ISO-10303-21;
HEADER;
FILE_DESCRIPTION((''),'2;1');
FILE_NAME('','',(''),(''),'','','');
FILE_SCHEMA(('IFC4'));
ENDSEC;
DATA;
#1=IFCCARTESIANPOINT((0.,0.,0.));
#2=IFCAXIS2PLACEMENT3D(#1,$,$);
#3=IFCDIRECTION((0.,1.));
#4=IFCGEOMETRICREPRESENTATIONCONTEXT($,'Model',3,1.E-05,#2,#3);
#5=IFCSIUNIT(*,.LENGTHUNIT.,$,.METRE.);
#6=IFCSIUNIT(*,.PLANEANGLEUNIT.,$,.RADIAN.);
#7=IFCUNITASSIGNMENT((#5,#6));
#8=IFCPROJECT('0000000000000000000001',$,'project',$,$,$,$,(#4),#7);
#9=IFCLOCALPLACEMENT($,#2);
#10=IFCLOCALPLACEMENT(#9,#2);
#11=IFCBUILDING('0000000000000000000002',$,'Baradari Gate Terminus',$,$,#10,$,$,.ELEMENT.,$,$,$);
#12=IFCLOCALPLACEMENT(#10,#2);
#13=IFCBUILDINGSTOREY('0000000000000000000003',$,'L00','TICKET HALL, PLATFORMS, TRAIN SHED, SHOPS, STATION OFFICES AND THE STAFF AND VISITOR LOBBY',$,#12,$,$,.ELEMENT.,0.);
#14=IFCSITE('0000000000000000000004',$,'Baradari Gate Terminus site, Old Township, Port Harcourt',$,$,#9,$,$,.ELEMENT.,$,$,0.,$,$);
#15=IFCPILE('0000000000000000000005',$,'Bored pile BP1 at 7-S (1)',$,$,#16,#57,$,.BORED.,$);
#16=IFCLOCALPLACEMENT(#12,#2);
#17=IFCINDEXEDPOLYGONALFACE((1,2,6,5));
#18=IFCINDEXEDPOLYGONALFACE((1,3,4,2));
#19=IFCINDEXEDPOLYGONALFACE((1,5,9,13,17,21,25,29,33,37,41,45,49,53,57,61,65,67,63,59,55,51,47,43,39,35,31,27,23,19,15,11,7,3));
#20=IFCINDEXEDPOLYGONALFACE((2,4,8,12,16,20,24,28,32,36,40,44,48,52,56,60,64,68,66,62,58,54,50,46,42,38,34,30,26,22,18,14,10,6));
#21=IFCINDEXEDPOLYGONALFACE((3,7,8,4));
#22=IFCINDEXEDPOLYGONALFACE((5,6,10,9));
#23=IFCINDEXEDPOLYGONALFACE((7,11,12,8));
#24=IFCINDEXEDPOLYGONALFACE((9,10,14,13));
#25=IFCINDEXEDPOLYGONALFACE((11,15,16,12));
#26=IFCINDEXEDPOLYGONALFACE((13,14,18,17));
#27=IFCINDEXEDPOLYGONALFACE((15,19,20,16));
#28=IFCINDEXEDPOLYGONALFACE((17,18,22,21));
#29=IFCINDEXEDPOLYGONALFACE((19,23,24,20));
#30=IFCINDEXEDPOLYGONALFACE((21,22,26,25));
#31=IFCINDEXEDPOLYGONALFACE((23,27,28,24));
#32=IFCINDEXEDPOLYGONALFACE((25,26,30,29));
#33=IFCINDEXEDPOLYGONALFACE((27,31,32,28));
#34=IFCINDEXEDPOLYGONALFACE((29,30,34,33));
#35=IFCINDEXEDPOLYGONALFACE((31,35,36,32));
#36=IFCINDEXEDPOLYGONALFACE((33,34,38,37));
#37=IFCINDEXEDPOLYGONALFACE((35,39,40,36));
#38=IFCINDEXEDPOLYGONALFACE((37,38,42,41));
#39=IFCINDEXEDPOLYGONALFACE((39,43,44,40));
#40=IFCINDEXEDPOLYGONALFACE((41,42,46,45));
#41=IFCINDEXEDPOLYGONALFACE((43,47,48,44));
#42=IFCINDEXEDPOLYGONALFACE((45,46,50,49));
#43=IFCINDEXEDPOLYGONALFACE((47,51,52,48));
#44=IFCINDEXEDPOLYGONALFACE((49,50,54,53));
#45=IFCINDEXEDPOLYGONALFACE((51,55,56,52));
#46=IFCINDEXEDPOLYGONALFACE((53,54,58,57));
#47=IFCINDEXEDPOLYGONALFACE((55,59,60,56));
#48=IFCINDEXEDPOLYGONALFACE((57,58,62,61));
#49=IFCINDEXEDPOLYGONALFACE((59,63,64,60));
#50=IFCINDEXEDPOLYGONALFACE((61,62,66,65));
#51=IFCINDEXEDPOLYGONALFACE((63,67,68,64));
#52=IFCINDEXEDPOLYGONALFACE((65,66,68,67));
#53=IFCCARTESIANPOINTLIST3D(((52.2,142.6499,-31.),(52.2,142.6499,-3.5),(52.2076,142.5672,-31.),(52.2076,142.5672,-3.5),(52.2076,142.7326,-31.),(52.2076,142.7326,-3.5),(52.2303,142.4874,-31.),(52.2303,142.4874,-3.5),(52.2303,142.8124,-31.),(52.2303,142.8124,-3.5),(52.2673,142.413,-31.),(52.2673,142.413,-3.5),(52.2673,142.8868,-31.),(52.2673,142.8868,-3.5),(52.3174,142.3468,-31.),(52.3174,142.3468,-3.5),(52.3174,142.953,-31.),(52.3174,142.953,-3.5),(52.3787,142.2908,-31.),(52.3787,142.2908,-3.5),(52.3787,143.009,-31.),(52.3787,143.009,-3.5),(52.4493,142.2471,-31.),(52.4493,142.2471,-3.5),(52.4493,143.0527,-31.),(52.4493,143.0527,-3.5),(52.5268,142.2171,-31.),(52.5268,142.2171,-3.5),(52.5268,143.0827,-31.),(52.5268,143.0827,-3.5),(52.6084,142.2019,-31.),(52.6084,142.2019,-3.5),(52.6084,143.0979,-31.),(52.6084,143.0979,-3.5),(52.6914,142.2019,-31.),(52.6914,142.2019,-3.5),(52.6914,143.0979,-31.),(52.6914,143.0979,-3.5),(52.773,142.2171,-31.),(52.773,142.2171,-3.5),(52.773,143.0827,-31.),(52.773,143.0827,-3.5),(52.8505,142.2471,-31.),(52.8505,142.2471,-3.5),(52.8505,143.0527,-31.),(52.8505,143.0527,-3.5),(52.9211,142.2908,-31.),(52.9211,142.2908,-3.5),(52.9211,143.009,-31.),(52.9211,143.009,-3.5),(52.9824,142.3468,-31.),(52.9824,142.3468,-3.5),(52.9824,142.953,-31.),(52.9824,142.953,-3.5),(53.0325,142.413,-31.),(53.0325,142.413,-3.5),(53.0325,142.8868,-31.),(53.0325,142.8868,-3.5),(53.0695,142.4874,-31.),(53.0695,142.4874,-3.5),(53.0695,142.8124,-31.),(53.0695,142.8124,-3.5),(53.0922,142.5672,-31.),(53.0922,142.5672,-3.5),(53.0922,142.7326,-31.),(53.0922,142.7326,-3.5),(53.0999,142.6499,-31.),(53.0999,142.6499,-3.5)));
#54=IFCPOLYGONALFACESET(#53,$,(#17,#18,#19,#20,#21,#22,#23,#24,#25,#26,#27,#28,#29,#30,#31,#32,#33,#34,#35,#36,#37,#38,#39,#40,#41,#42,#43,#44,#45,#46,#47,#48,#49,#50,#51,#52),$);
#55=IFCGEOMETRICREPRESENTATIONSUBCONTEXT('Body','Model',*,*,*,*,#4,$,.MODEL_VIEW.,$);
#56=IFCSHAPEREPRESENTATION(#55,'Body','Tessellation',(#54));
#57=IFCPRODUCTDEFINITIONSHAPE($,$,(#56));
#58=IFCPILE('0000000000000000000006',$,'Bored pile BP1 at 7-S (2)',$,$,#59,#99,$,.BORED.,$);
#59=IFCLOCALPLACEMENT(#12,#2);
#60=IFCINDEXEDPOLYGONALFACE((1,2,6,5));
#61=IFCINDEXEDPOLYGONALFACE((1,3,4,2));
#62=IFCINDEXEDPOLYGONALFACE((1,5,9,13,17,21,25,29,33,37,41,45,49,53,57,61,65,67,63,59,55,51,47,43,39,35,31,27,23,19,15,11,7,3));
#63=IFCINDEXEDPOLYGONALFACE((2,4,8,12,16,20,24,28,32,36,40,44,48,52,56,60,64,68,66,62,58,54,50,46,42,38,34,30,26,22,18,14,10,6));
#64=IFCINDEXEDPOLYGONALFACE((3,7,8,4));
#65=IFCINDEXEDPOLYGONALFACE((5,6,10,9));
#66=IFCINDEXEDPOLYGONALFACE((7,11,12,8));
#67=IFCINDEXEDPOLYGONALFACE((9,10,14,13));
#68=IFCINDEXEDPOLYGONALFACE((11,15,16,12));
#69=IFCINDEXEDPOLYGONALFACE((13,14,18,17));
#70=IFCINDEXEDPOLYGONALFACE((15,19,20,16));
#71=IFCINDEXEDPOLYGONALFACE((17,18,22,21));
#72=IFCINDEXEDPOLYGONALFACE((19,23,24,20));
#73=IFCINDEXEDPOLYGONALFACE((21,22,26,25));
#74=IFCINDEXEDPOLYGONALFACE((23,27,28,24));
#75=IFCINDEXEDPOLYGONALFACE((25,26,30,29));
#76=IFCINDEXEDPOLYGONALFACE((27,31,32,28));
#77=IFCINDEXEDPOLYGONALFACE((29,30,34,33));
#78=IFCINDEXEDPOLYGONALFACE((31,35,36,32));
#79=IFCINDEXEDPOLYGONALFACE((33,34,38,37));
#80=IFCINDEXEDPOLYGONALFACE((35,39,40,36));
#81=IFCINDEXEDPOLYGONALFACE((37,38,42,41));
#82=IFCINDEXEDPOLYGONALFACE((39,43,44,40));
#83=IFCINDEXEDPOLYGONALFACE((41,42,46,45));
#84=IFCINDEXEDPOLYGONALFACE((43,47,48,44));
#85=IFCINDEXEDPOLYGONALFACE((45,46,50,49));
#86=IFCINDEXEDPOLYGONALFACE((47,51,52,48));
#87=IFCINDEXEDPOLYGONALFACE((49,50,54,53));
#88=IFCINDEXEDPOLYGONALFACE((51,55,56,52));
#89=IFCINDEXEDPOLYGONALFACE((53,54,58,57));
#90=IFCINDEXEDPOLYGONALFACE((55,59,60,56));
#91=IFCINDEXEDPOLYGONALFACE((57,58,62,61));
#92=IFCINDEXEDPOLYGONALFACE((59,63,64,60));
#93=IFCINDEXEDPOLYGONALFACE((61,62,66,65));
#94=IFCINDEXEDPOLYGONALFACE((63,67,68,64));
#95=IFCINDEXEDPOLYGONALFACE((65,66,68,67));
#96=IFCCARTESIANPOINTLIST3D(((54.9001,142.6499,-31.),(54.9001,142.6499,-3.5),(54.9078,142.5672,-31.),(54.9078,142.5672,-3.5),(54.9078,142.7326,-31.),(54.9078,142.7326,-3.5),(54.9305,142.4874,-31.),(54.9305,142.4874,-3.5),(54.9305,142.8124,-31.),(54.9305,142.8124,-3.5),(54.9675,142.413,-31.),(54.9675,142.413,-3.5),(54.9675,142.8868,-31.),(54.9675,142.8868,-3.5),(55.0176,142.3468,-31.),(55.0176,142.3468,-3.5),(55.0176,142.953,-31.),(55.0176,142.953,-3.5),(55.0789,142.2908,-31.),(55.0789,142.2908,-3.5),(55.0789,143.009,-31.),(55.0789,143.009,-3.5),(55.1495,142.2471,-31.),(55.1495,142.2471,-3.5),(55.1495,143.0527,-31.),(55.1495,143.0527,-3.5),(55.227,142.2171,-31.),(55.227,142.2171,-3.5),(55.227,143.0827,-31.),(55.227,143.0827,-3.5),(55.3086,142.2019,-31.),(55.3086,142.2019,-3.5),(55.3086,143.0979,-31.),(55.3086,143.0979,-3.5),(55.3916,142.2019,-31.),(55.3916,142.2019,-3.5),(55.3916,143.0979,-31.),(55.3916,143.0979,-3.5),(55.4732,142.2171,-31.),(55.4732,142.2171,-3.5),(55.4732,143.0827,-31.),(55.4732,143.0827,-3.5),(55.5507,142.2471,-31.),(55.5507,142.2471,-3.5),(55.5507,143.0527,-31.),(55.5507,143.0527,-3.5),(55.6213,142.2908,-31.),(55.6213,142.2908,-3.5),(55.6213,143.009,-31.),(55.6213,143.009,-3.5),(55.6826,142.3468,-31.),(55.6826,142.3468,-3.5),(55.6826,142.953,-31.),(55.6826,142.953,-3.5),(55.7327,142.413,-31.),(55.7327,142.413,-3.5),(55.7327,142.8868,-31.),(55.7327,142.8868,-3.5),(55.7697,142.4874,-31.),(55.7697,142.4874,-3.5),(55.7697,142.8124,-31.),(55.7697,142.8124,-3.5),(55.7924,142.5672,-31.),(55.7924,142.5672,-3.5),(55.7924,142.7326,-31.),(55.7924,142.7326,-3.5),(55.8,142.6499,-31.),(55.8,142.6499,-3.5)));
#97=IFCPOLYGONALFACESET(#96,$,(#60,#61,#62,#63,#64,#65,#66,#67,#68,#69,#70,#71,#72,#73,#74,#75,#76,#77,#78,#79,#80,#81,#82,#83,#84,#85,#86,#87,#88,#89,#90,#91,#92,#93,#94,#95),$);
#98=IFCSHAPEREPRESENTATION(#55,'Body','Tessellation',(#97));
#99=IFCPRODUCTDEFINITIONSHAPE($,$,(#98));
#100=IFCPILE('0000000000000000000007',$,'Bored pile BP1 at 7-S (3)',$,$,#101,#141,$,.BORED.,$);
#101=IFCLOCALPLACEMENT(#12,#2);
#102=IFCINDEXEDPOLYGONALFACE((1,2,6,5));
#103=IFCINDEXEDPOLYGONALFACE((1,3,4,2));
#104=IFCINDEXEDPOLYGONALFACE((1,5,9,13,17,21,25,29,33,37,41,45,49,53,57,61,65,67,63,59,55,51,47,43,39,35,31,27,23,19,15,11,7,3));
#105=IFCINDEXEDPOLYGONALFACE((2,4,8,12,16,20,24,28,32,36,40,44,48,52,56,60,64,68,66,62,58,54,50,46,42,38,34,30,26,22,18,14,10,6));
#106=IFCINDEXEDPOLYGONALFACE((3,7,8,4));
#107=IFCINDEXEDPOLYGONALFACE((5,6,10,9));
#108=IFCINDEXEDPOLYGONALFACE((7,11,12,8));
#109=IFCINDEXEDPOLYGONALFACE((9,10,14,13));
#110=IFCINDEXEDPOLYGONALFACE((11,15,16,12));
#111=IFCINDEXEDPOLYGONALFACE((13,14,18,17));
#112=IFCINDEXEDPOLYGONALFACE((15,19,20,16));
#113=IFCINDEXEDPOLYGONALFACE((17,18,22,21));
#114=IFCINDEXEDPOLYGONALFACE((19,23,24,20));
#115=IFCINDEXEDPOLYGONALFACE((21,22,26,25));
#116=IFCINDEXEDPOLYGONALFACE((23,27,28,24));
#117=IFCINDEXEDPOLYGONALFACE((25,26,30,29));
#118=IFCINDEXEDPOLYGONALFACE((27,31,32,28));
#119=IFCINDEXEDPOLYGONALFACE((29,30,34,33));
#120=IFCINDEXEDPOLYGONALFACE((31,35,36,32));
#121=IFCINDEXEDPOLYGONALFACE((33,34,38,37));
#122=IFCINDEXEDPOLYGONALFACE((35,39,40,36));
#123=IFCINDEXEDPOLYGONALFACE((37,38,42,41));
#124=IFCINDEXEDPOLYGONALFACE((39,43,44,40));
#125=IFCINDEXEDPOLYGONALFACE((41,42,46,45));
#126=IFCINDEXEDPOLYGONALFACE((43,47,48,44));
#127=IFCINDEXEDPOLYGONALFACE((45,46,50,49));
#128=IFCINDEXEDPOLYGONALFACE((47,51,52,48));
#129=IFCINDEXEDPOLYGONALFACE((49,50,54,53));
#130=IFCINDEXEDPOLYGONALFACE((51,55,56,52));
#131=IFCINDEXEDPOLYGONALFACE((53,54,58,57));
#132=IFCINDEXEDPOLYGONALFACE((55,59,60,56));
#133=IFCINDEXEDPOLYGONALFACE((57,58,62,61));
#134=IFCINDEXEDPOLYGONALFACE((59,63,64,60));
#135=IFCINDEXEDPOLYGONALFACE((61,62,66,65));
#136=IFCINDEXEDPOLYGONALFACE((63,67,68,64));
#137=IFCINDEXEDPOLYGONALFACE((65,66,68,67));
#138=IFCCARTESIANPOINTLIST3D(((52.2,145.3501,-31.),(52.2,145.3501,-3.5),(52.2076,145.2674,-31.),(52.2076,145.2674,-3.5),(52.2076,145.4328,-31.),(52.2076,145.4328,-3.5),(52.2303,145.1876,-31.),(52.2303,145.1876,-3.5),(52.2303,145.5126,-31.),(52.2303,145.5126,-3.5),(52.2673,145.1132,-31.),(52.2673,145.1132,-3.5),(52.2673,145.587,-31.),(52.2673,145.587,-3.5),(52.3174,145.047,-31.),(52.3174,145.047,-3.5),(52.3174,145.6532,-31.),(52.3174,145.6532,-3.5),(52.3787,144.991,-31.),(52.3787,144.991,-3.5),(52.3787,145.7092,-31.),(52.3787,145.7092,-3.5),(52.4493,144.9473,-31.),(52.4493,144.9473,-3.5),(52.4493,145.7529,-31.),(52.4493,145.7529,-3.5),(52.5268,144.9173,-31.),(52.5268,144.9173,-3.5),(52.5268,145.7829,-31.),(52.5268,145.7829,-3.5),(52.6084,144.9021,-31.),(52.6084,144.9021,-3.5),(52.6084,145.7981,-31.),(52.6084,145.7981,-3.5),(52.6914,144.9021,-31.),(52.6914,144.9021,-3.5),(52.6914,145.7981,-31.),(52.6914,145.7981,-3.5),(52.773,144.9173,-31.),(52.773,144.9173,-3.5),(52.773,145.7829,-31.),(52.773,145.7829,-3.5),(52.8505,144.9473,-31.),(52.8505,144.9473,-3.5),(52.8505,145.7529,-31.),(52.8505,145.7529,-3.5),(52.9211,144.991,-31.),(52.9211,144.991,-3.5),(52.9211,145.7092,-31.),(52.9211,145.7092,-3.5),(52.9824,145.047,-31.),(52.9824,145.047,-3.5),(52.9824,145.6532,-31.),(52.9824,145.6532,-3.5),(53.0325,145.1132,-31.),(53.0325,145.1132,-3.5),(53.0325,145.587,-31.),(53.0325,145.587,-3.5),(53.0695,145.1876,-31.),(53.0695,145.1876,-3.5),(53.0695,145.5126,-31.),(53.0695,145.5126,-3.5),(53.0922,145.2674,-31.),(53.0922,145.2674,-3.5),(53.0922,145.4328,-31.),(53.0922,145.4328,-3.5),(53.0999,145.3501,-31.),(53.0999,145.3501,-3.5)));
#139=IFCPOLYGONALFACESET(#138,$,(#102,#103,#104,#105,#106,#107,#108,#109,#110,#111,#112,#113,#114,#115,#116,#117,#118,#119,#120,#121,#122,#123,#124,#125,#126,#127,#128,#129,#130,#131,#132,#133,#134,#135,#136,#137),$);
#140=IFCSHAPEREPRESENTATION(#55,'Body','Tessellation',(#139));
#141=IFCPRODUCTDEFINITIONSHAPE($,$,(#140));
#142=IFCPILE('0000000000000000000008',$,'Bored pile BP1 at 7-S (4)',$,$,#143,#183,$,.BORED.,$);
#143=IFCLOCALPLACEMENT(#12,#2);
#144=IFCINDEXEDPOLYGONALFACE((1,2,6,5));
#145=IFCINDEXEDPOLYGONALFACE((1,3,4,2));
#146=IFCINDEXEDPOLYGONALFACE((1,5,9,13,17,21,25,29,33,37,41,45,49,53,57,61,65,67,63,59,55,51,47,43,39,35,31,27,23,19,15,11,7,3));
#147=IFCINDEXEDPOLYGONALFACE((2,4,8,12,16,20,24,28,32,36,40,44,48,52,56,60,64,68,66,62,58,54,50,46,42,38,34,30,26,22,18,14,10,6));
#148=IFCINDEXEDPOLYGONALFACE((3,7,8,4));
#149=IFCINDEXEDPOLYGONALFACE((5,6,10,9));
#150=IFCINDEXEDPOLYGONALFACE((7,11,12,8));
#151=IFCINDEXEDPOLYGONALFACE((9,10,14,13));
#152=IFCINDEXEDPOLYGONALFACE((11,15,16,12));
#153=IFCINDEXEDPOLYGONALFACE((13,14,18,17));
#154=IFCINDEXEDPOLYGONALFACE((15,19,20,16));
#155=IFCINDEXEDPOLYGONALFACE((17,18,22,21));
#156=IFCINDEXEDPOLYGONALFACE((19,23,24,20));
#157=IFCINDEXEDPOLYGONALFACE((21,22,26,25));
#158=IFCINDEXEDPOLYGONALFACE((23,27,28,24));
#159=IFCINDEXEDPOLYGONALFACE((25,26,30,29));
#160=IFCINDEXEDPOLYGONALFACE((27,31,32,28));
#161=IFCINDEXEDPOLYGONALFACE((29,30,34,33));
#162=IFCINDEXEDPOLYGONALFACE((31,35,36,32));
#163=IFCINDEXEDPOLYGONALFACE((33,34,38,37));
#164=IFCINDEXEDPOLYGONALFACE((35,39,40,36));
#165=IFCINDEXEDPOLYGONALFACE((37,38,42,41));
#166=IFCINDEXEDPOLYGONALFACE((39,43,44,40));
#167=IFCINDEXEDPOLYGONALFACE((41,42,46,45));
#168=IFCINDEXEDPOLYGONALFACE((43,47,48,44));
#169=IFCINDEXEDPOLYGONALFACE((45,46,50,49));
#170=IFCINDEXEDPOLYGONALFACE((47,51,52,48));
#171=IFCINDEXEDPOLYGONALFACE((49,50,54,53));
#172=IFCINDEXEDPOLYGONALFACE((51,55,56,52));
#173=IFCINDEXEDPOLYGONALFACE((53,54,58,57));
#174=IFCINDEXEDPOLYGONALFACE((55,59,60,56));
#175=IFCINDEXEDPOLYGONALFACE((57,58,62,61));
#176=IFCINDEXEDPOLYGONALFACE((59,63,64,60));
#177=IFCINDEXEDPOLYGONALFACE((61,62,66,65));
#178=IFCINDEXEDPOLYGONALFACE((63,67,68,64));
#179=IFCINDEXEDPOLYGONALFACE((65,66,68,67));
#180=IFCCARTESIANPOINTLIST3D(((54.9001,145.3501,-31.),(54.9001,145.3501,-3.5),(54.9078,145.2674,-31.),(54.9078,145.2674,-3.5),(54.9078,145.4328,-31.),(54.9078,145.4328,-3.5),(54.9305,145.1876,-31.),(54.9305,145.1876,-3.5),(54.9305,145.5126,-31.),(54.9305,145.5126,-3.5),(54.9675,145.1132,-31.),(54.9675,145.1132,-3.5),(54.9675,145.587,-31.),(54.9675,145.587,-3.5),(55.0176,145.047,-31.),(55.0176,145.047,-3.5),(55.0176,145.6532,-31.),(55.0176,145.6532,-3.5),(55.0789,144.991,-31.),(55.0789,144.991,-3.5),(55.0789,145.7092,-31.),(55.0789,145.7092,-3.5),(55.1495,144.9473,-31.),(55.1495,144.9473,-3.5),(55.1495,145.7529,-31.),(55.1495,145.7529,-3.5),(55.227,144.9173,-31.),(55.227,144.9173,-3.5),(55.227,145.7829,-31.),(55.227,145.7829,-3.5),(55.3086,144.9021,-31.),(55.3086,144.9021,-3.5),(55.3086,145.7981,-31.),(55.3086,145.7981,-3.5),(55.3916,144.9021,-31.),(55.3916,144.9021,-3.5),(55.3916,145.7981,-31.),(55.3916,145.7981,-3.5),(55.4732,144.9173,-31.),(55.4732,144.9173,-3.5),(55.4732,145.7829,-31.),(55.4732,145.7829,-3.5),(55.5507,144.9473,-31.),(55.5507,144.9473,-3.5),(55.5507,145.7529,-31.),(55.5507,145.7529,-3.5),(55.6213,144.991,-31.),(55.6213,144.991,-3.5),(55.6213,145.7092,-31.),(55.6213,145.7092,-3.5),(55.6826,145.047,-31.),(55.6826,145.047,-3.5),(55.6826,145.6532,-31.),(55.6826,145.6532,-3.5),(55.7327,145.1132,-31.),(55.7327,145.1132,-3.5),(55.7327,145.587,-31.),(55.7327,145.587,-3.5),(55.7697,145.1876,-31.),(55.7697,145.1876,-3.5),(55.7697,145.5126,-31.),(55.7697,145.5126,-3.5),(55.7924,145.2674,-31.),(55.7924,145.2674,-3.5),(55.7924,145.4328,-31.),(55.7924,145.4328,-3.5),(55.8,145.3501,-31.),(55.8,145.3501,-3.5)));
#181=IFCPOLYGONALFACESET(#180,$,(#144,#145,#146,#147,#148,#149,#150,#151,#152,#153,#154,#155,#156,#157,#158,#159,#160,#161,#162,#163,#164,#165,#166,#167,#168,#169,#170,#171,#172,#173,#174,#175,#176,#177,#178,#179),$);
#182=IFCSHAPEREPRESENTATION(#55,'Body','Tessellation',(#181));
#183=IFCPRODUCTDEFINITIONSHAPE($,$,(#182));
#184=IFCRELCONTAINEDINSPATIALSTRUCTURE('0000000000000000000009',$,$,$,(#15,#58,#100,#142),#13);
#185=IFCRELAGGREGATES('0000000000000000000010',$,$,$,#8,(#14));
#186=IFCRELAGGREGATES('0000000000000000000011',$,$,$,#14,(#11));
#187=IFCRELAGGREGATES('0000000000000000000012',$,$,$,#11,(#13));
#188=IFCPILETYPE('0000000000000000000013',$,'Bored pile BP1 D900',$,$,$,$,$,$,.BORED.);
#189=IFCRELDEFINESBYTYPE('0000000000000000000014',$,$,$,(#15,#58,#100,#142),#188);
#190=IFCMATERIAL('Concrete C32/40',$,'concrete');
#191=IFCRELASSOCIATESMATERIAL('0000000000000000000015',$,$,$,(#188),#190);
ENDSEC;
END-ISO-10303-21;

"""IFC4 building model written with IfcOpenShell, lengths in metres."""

from ifc_helpers import new_model, si_unit, direction, frame, origin, origin_2d, place, context, subcontext, project, spatial, circle, extrude, material, type_object, element, save


model = new_model("IFC4")

# Units and contexts
model_context = context("Model", 3, precision=1e-05, world=origin(), true_north=direction((0.0, 1.0)))
body_context = subcontext(model_context, "Body", "Model", "MODEL_VIEW")
ifc_project = project(units=[si_unit("LENGTHUNIT", "METRE"), si_unit("PLANEANGLEUNIT", "RADIAN")], contexts=[model_context])

# Site, building, storey
site_placement = place(None, origin())
site = spatial("IfcSite", under=ifc_project, at=site_placement, Name="Baradari Gate Terminus site, Old Township, Port Harcourt", CompositionType="ELEMENT", RefElevation=0.0)
building_placement = place(site_placement, origin())
building = spatial("IfcBuilding", under=site, at=building_placement, Name="Baradari Gate Terminus", CompositionType="ELEMENT")
storey_placement = place(building_placement, origin())
storey = spatial("IfcBuildingStorey", under=building, at=storey_placement, Name="L00", Description="TICKET HALL, PLATFORMS, TRAIN SHED, SHOPS, STATION OFFICES AND THE STAFF AND VISITOR LOBBY", CompositionType="ELEMENT", Elevation=0.0)

# Piles
ifc_material_1 = material(Name="Concrete C32/40", Category="concrete")
pile_type_1 = type_object("IfcPileType", Name="Bored pile BP1 D900", PredefinedType="BORED", material=ifc_material_1)
for number, where, z_axis, x_axis, name in (
    (1, (52.6499, 142.6499, -3.5), (0.0, 0.0, -1.0), (1.0, 0.0, 0.0), "Bored pile BP1 at 7-S (1)"),
    (2, (55.3501, 142.6499, -3.5), (0.0, 0.0, -1.0), (1.0, 0.0, 0.0), "Bored pile BP1 at 7-S (2)"),
    (3, (52.6499, 145.3501, -3.5), (0.0, 0.0, -1.0), (1.0, 0.0, 0.0), "Bored pile BP1 at 7-S (3)"),
    (4, (55.3501, 145.3501, -3.5), (0.0, 0.0, -1.0), (1.0, 0.0, 0.0), "Bored pile BP1 at 7-S (4)"),
):
    element("IfcPile", number, at=place(storey_placement, frame(where, z_axis=z_axis, x_axis=x_axis)), inside=storey, type_object=pile_type_1, Name=name, PredefinedType="BORED", context=body_context, shape_type="SweptSolid", body=[
        extrude(circle(Radius=0.45, at=origin_2d()), origin(), (0.0, 0.0, 1.0), 27.5),
    ])

save(model, "model.ifc")
